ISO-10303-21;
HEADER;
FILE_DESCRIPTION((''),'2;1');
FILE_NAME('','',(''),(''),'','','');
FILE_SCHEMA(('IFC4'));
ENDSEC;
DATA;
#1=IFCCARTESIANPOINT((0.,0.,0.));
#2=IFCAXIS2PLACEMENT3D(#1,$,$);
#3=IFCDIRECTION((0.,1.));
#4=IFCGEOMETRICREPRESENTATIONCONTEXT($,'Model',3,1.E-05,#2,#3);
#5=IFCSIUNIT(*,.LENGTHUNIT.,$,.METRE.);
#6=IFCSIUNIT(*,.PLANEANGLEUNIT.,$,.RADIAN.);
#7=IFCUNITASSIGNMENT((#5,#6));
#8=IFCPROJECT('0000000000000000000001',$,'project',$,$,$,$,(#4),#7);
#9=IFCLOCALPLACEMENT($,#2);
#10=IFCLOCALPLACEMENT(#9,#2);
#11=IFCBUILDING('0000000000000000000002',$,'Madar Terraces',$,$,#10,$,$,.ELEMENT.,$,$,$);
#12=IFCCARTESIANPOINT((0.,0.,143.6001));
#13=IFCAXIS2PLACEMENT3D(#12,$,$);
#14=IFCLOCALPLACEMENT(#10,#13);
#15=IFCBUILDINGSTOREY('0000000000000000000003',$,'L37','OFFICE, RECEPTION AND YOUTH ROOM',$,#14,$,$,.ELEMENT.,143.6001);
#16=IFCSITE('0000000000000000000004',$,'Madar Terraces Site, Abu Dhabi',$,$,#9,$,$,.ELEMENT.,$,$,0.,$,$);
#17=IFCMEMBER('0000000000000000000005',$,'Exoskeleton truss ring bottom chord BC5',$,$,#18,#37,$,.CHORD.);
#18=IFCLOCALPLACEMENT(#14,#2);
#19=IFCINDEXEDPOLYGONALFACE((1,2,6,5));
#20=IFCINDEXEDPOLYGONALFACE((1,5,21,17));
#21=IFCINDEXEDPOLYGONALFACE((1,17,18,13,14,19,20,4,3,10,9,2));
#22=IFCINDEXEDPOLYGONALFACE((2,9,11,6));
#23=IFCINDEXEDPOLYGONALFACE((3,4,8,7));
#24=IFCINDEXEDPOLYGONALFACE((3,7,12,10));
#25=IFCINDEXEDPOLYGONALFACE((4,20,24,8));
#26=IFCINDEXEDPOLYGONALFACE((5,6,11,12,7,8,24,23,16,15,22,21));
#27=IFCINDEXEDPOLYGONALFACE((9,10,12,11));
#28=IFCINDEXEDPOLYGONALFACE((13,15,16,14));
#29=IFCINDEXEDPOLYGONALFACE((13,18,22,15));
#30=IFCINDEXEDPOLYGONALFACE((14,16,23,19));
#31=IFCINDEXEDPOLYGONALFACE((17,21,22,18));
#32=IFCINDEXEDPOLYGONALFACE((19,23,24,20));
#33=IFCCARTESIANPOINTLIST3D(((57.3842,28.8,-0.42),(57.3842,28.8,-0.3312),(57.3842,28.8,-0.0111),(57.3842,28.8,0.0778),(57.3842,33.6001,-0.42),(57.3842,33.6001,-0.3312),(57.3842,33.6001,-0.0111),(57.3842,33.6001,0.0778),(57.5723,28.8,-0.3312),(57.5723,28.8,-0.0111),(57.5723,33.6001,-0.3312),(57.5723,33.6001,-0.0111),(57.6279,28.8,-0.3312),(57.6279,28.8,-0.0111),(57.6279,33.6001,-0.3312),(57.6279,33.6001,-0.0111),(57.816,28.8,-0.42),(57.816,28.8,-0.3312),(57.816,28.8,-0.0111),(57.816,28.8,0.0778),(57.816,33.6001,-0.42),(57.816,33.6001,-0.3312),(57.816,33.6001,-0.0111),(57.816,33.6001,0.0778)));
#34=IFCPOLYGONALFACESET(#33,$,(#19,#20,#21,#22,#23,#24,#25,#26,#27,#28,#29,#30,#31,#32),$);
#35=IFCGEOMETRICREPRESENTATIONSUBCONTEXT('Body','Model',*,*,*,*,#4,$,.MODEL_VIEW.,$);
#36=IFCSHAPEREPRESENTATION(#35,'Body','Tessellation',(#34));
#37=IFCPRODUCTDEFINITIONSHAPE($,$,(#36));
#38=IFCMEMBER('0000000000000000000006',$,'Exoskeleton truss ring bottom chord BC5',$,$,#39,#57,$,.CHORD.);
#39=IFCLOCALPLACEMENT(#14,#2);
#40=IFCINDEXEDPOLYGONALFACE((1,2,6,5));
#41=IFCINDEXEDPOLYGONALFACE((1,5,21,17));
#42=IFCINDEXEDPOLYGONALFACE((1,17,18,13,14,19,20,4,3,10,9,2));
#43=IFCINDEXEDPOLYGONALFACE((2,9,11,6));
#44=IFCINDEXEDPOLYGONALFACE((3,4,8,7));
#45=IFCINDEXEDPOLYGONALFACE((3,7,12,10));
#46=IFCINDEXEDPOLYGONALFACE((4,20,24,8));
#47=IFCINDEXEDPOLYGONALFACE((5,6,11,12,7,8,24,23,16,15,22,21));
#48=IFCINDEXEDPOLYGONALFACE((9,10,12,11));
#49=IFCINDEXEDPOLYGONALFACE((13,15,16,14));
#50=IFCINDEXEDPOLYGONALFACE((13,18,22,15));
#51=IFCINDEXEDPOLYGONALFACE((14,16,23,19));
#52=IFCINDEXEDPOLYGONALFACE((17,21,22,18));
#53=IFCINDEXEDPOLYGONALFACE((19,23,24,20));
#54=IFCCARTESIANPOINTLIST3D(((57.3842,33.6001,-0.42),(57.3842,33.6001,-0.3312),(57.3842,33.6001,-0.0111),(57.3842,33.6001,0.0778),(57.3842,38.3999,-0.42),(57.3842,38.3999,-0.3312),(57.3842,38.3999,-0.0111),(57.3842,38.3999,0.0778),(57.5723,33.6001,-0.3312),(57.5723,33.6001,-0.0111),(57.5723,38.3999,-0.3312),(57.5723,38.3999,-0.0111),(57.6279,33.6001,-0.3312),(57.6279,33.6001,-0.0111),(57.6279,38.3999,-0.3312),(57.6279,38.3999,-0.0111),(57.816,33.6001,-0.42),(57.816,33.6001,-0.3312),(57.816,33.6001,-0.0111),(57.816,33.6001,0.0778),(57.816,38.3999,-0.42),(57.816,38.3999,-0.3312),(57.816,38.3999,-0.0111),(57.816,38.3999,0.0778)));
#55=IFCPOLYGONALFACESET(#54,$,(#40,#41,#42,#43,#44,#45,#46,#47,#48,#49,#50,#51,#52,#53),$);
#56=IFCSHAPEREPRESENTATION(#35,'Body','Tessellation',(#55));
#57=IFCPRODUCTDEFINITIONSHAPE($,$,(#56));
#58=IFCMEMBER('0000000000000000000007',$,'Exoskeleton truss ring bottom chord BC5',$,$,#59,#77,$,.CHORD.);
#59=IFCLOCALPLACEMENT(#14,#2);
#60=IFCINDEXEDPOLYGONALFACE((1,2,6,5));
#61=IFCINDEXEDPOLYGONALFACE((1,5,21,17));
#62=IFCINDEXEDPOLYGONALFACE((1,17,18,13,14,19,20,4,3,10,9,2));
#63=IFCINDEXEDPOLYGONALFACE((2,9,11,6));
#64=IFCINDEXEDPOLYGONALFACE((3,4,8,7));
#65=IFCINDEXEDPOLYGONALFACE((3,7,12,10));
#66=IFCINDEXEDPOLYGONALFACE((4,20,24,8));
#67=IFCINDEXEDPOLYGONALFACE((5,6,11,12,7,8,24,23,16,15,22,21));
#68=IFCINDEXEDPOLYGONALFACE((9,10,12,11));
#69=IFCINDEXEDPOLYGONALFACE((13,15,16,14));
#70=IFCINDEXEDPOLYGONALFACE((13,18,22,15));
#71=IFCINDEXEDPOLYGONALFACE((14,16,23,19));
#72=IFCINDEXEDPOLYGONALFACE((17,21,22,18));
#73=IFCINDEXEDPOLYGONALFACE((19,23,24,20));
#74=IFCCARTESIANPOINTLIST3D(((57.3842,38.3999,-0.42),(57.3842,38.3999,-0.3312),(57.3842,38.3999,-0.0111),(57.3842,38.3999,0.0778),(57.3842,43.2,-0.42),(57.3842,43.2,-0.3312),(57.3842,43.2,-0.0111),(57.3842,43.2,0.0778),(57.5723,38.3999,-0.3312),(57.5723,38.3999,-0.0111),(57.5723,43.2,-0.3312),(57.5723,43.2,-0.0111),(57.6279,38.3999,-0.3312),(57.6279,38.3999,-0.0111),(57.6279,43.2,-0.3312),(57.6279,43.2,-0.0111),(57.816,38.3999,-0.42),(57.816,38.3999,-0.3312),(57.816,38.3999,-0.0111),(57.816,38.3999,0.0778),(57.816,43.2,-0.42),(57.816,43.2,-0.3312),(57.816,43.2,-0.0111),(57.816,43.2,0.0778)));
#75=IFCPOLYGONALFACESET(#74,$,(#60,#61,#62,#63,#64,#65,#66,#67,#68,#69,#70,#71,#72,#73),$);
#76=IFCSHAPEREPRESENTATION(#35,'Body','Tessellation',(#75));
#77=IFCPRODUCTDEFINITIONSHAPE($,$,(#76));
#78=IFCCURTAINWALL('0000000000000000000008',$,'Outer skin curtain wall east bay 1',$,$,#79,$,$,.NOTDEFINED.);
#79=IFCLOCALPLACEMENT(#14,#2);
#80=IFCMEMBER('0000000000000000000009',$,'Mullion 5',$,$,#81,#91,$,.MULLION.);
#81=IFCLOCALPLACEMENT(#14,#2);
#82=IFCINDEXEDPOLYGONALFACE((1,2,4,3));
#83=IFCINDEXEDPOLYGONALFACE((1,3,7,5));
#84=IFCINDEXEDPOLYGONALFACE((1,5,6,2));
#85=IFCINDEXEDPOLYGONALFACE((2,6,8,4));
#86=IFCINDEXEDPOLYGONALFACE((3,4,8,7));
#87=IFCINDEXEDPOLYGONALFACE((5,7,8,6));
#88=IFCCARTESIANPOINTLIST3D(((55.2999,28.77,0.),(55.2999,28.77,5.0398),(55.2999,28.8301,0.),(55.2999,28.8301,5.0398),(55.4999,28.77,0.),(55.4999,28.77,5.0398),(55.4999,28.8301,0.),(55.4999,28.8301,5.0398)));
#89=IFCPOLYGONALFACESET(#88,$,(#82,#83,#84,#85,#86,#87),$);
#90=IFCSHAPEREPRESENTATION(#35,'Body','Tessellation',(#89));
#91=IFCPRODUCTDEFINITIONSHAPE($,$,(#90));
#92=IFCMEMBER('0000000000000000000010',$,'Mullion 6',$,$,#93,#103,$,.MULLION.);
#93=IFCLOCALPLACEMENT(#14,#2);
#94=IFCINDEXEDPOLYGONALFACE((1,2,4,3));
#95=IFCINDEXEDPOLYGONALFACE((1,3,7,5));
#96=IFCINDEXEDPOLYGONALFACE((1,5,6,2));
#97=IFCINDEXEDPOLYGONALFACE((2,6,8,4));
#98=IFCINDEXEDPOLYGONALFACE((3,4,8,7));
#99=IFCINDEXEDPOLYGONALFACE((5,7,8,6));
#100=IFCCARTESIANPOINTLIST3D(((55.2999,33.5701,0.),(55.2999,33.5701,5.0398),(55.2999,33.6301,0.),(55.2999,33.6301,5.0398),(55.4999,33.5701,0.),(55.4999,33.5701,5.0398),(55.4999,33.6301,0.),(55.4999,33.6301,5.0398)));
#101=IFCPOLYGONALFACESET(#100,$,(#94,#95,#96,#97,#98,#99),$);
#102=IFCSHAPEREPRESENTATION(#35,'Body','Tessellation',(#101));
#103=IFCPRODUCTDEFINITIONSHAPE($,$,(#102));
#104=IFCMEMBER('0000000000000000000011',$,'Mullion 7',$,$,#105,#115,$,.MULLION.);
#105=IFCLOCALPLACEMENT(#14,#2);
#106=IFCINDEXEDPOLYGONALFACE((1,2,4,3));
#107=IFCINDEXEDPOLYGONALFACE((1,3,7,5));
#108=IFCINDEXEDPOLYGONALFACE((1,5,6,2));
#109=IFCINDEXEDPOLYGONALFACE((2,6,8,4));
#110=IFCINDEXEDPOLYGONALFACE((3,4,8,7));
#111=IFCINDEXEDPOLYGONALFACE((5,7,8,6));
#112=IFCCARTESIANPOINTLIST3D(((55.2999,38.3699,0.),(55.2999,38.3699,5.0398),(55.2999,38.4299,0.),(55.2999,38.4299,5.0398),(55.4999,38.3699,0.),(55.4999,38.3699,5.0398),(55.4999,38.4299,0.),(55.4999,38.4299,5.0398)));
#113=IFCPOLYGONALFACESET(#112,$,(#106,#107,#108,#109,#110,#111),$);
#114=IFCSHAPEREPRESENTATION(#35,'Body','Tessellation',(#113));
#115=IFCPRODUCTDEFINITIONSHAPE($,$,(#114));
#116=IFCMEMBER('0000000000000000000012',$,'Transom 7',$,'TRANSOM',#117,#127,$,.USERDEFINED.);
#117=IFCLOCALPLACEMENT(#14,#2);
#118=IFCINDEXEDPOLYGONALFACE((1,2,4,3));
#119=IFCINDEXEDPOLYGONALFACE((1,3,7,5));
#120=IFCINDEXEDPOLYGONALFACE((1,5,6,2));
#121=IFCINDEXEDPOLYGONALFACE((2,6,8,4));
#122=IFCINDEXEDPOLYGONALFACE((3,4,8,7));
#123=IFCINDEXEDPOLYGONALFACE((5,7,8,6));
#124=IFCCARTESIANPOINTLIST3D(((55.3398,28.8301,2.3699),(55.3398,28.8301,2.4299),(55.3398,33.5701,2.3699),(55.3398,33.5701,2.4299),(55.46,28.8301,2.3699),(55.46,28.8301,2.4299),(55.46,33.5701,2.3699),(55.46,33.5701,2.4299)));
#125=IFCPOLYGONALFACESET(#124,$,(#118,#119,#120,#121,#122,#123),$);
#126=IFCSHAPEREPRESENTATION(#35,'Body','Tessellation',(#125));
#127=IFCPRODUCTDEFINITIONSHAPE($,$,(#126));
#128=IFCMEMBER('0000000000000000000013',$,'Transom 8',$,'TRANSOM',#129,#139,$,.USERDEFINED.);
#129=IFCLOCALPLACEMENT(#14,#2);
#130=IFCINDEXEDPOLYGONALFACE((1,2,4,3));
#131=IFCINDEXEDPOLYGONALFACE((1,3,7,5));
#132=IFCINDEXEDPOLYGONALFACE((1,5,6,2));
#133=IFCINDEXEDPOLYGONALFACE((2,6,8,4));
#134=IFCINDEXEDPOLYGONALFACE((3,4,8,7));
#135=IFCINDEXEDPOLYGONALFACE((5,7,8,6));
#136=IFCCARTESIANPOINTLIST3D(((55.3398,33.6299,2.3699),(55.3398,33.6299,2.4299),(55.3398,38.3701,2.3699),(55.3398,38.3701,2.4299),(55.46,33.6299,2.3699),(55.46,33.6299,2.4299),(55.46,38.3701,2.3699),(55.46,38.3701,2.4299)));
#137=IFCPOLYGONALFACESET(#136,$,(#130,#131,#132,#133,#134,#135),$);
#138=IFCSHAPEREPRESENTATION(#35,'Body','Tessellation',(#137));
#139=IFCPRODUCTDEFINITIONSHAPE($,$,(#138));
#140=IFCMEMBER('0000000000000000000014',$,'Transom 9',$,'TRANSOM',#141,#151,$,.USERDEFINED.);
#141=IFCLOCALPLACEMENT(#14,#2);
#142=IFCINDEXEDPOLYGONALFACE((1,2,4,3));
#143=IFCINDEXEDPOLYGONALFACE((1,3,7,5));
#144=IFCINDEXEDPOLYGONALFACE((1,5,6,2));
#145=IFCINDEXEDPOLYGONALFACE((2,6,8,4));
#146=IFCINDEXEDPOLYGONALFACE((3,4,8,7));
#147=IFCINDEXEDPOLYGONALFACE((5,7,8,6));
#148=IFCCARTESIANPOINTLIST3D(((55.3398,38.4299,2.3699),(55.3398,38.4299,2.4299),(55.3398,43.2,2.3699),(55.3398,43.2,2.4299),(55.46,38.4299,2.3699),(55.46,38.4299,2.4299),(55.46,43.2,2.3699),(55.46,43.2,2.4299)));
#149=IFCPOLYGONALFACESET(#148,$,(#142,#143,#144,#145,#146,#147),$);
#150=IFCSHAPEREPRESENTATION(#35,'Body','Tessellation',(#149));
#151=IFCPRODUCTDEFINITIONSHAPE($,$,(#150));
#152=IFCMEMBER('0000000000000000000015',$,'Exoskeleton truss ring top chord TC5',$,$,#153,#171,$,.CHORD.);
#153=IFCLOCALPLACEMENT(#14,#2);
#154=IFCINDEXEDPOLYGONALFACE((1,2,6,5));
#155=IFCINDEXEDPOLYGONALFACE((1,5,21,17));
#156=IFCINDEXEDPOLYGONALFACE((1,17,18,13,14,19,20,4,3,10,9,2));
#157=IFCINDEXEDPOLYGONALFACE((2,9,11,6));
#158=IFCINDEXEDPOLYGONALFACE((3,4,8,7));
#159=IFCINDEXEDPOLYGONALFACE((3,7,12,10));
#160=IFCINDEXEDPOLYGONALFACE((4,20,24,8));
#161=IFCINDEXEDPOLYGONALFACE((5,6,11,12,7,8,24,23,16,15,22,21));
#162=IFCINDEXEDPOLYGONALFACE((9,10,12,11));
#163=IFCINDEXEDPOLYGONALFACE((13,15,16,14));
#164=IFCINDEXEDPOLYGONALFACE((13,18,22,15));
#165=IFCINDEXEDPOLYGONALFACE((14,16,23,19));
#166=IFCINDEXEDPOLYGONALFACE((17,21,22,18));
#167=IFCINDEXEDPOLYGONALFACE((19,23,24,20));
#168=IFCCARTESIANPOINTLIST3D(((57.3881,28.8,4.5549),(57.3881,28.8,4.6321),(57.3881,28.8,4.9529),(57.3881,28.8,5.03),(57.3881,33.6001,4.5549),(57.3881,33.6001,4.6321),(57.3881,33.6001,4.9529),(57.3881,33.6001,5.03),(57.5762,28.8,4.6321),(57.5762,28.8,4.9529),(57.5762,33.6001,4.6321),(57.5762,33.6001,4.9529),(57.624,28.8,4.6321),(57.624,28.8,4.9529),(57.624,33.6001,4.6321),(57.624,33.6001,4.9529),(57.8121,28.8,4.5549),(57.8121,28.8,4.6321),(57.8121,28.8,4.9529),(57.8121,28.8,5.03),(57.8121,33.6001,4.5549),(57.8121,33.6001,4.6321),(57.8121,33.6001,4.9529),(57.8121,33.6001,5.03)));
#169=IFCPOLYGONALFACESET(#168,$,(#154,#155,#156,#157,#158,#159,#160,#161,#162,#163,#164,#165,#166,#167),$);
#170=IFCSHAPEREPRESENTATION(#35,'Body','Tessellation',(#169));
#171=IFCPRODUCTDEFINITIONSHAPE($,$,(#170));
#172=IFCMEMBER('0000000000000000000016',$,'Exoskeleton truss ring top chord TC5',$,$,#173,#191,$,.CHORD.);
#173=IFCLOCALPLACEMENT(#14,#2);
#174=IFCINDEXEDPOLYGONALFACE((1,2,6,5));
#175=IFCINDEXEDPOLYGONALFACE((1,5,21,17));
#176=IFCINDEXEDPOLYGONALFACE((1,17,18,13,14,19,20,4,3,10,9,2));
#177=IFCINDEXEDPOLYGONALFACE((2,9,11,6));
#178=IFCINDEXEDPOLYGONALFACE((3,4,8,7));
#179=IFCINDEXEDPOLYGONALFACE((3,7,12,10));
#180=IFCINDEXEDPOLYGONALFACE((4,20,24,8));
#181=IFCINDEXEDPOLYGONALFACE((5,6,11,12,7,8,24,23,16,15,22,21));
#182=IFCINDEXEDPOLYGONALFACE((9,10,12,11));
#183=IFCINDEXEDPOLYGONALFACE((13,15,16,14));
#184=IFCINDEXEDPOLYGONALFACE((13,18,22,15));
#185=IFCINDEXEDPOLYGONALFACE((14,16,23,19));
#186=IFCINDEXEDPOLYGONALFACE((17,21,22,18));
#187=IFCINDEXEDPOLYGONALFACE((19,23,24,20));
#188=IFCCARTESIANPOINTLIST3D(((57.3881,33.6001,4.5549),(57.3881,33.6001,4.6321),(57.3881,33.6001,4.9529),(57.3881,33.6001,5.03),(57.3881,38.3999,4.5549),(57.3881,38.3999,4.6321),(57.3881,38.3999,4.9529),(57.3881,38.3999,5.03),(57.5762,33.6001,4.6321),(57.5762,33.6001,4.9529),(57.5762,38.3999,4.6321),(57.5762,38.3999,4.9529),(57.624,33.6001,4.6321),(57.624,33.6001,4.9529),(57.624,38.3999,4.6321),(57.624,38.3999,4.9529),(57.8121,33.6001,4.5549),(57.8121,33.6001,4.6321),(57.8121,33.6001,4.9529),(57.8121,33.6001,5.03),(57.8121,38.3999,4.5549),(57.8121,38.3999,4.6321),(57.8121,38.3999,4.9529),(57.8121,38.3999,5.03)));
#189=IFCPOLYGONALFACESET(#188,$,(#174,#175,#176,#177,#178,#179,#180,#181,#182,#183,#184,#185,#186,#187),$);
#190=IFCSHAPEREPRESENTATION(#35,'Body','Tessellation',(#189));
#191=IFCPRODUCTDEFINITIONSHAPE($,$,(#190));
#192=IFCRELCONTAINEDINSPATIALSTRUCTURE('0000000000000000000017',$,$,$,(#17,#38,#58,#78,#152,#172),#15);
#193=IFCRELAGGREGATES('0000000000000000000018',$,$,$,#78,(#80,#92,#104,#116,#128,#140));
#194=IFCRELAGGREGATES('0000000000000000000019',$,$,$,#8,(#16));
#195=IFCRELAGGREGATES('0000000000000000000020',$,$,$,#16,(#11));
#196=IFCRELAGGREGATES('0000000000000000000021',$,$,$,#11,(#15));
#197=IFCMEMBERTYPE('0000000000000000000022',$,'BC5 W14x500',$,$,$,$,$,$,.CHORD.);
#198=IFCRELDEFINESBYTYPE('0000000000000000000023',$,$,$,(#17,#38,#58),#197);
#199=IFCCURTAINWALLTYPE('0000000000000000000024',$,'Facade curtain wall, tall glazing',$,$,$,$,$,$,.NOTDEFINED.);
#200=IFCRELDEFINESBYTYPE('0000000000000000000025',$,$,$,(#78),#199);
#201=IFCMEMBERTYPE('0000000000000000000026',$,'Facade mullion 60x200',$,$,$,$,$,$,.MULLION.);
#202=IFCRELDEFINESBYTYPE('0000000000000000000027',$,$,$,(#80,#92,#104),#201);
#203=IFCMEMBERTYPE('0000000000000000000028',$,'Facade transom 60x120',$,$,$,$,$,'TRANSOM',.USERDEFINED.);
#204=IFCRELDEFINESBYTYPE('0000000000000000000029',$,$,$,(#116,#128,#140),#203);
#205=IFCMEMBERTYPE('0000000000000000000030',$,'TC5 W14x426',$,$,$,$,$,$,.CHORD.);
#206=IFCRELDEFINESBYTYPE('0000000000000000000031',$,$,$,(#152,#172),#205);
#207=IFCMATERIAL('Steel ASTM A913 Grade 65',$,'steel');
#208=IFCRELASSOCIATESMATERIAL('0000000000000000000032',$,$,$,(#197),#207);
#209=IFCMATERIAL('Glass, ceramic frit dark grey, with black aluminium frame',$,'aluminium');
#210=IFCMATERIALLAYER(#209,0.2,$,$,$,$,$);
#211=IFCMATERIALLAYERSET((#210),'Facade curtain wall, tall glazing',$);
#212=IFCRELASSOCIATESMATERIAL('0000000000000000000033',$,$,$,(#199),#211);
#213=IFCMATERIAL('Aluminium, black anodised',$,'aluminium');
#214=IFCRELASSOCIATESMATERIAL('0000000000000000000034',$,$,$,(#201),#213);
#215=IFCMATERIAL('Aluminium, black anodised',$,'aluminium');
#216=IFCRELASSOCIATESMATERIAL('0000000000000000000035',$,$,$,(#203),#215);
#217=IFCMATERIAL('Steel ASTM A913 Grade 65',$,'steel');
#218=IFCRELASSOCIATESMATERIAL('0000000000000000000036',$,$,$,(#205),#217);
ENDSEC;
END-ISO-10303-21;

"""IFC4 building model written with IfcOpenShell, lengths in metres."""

from ifc_helpers import new_model, si_unit, direction, frame, origin, origin_2d, place, context, subcontext, project, spatial, rectangle, i_section, extrude, material, layer, layer_set, material_profile, profile_set, type_object, element, aggregate, save


model = new_model("IFC4")

# Units and contexts
model_context = context("Model", 3, precision=1e-05, world=origin(), true_north=direction((0.0, 1.0)))
body_context = subcontext(model_context, "Body", "Model", "MODEL_VIEW")
ifc_project = project(units=[si_unit("LENGTHUNIT", "METRE"), si_unit("PLANEANGLEUNIT", "RADIAN")], contexts=[model_context])

# Site, building, storey
site_placement = place(None, origin())
site = spatial("IfcSite", under=ifc_project, at=site_placement, Name="Madar Terraces Site, Abu Dhabi", CompositionType="ELEMENT", RefElevation=0.0)
building_placement = place(site_placement, origin())
building = spatial("IfcBuilding", under=site, at=building_placement, Name="Madar Terraces", CompositionType="ELEMENT")
storey_placement = place(building_placement, frame((0.0, 0.0, 143.6001)))
storey = spatial("IfcBuildingStorey", under=building, at=storey_placement, Name="L37", Description="OFFICE, RECEPTION AND YOUTH ROOM", CompositionType="ELEMENT", Elevation=143.6001)

# Members
ifc_material_1 = material(Name="Steel ASTM A913 Grade 65", Category="steel")
ifc_material_profile_1 = material_profile(ifc_material_1, i_section(OverallWidth=0.4319, OverallDepth=0.4978, WebThickness=0.0557, FlangeThickness=0.0889, at=origin_2d()), Name="W14x500")
ifc_profile_set_1 = profile_set([ifc_material_profile_1], Name="Steel ASTM A913 Grade 65")
member_type_1 = type_object("IfcMemberType", Name="BC5 W14x500", PredefinedType="CHORD", material=ifc_profile_set_1)
member_1_placement = place(storey_placement, frame((57.6001, 28.8, -0.1711), z_axis=(0.0, 1.0, 0.0), x_axis=(-1.0, 0.0, 0.0)))
element("IfcMember", 1, at=member_1_placement, inside=storey, type_object=member_type_1, Name="Exoskeleton truss ring bottom chord BC5", PredefinedType="CHORD", context=body_context, shape_type="SweptSolid", body=[
    extrude(i_section(OverallWidth=0.4319, OverallDepth=0.4978, WebThickness=0.0557, FlangeThickness=0.0889, at=origin_2d()), origin(), (0.0, 0.0, 1.0), 4.8),
])
member_2_placement = place(storey_placement, frame((57.6001, 33.6001, -0.1711), z_axis=(0.0, 1.0, 0.0), x_axis=(-1.0, 0.0, 0.0)))
element("IfcMember", 2, at=member_2_placement, inside=storey, type_object=member_type_1, Name="Exoskeleton truss ring bottom chord BC5", PredefinedType="CHORD", context=body_context, shape_type="SweptSolid", body=[
    extrude(i_section(OverallWidth=0.4319, OverallDepth=0.4978, WebThickness=0.0557, FlangeThickness=0.0889, at=origin_2d()), origin(), (0.0, 0.0, 1.0), 4.7998),
])
member_3_placement = place(storey_placement, frame((57.6001, 38.3999, -0.1711), z_axis=(0.0, 1.0, 0.0), x_axis=(-1.0, 0.0, 0.0)))
element("IfcMember", 3, at=member_3_placement, inside=storey, type_object=member_type_1, Name="Exoskeleton truss ring bottom chord BC5", PredefinedType="CHORD", context=body_context, shape_type="SweptSolid", body=[
    extrude(i_section(OverallWidth=0.4319, OverallDepth=0.4978, WebThickness=0.0557, FlangeThickness=0.0889, at=origin_2d()), origin(), (0.0, 0.0, 1.0), 4.8),
])

# Curtain wall, members
ifc_material_2 = material(Name="Glass, ceramic frit dark grey, with black aluminium frame", Category="aluminium")
ifc_layer_1 = layer(ifc_material_2, 0.2)
ifc_layer_set_1 = layer_set([ifc_layer_1], Name="Facade curtain wall, tall glazing")
curtain_wall_type = type_object("IfcCurtainWallType", Name="Facade curtain wall, tall glazing", PredefinedType="NOTDEFINED", material=ifc_layer_set_1)
curtain_wall_placement = place(storey_placement, origin())
curtain_wall = element("IfcCurtainWall", 4, at=curtain_wall_placement, inside=storey, type_object=curtain_wall_type, Name="Outer skin curtain wall east bay 1", PredefinedType="NOTDEFINED")
ifc_material_3 = material(Name="Aluminium, black anodised", Category="aluminium")
ifc_material_profile_2 = material_profile(ifc_material_3, rectangle(XDim=0.2, YDim=0.0601, at=origin_2d()), Name="Facade mullion 60x200")
ifc_profile_set_2 = profile_set([ifc_material_profile_2], Name="Aluminium, black anodised")
member_type_2 = type_object("IfcMemberType", Name="Facade mullion 60x200", PredefinedType="MULLION", material=ifc_profile_set_2)
member_4_placement = place(storey_placement, frame((55.3999, 28.8, 0.0), z_axis=(0.0, 0.0, 1.0), x_axis=(-1.0, 0.0, 0.0)))
member_4 = element("IfcMember", 5, at=member_4_placement, type_object=member_type_2, Name="Mullion 5", PredefinedType="MULLION", context=body_context, shape_type="SweptSolid", body=[
    extrude(rectangle(XDim=0.2, YDim=0.0601, at=origin_2d()), origin(), (0.0, 0.0, 1.0), 5.0398),
])
member_5_placement = place(storey_placement, frame((55.3999, 33.6001, 0.0), z_axis=(0.0, 0.0, 1.0), x_axis=(-1.0, 0.0, 0.0)))
member_5 = element("IfcMember", 6, at=member_5_placement, type_object=member_type_2, Name="Mullion 6", PredefinedType="MULLION", context=body_context, shape_type="SweptSolid", body=[
    extrude(rectangle(XDim=0.2, YDim=0.0601, at=origin_2d()), origin(), (0.0, 0.0, 1.0), 5.0398),
])
member_6_placement = place(storey_placement, frame((55.3999, 38.3999, 0.0), z_axis=(0.0, 0.0, 1.0), x_axis=(-1.0, 0.0, 0.0)))
member_6 = element("IfcMember", 7, at=member_6_placement, type_object=member_type_2, Name="Mullion 7", PredefinedType="MULLION", context=body_context, shape_type="SweptSolid", body=[
    extrude(rectangle(XDim=0.2, YDim=0.0601, at=origin_2d()), origin(), (0.0, 0.0, 1.0), 5.0398),
])
ifc_material_4 = material(Name="Aluminium, black anodised", Category="aluminium")
ifc_material_profile_3 = material_profile(ifc_material_4, rectangle(XDim=0.1201, YDim=0.0601, at=origin_2d()), Name="Facade transom 60x120")
ifc_profile_set_3 = profile_set([ifc_material_profile_3], Name="Aluminium, black anodised")
member_type_3 = type_object("IfcMemberType", Name="Facade transom 60x120", ElementType="TRANSOM", PredefinedType="USERDEFINED", material=ifc_profile_set_3)
member_7_placement = place(storey_placement, frame((55.3999, 28.8301, 2.3999), z_axis=(0.0, 1.0, 0.0), x_axis=(-1.0, 0.0, 0.0)))
member_7 = element("IfcMember", 8, at=member_7_placement, type_object=member_type_3, Name="Transom 7", ObjectType="TRANSOM", PredefinedType="USERDEFINED", context=body_context, shape_type="SweptSolid", body=[
    extrude(rectangle(XDim=0.1201, YDim=0.0601, at=origin_2d()), origin(), (0.0, 0.0, 1.0), 4.74),
])
member_8_placement = place(storey_placement, frame((55.3999, 33.6299, 2.3999), z_axis=(0.0, 1.0, 0.0), x_axis=(-1.0, 0.0, 0.0)))
member_8 = element("IfcMember", 9, at=member_8_placement, type_object=member_type_3, Name="Transom 8", ObjectType="TRANSOM", PredefinedType="USERDEFINED", context=body_context, shape_type="SweptSolid", body=[
    extrude(rectangle(XDim=0.1201, YDim=0.0601, at=origin_2d()), origin(), (0.0, 0.0, 1.0), 4.7402),
])
member_9_placement = place(storey_placement, frame((55.3999, 38.4299, 2.3999), z_axis=(0.0, 1.0, 0.0), x_axis=(-1.0, 0.0, 0.0)))
member_9 = element("IfcMember", 10, at=member_9_placement, type_object=member_type_3, Name="Transom 9", ObjectType="TRANSOM", PredefinedType="USERDEFINED", context=body_context, shape_type="SweptSolid", body=[
    extrude(rectangle(XDim=0.1201, YDim=0.0601, at=origin_2d()), origin(), (0.0, 0.0, 1.0), 4.77),
])

# Members
ifc_material_5 = material(Name="Steel ASTM A913 Grade 65", Category="steel")
ifc_material_profile_4 = material_profile(ifc_material_5, i_section(OverallWidth=0.4241, OverallDepth=0.4751, WebThickness=0.0479, FlangeThickness=0.0771, at=origin_2d()), Name="W14x426")
ifc_profile_set_4 = profile_set([ifc_material_profile_4], Name="Steel ASTM A913 Grade 65")
member_type_4 = type_object("IfcMemberType", Name="TC5 W14x426", PredefinedType="CHORD", material=ifc_profile_set_4)
member_10_placement = place(storey_placement, frame((57.6001, 28.8, 4.7925), z_axis=(0.0, 1.0, 0.0), x_axis=(-1.0, 0.0, 0.0)))
element("IfcMember", 11, at=member_10_placement, inside=storey, type_object=member_type_4, Name="Exoskeleton truss ring top chord TC5", PredefinedType="CHORD", context=body_context, shape_type="SweptSolid", body=[
    extrude(i_section(OverallWidth=0.4241, OverallDepth=0.4751, WebThickness=0.0479, FlangeThickness=0.0771, at=origin_2d()), origin(), (0.0, 0.0, 1.0), 4.8),
])
member_11_placement = place(storey_placement, frame((57.6001, 33.6001, 4.7925), z_axis=(0.0, 1.0, 0.0), x_axis=(-1.0, 0.0, 0.0)))
element("IfcMember", 12, at=member_11_placement, inside=storey, type_object=member_type_4, Name="Exoskeleton truss ring top chord TC5", PredefinedType="CHORD", context=body_context, shape_type="SweptSolid", body=[
    extrude(i_section(OverallWidth=0.4241, OverallDepth=0.4751, WebThickness=0.0479, FlangeThickness=0.0771, at=origin_2d()), origin(), (0.0, 0.0, 1.0), 4.7998),
])

aggregate(curtain_wall, [member_4, member_5, member_6, member_7, member_8, member_9])

save(model, "model.ifc")
